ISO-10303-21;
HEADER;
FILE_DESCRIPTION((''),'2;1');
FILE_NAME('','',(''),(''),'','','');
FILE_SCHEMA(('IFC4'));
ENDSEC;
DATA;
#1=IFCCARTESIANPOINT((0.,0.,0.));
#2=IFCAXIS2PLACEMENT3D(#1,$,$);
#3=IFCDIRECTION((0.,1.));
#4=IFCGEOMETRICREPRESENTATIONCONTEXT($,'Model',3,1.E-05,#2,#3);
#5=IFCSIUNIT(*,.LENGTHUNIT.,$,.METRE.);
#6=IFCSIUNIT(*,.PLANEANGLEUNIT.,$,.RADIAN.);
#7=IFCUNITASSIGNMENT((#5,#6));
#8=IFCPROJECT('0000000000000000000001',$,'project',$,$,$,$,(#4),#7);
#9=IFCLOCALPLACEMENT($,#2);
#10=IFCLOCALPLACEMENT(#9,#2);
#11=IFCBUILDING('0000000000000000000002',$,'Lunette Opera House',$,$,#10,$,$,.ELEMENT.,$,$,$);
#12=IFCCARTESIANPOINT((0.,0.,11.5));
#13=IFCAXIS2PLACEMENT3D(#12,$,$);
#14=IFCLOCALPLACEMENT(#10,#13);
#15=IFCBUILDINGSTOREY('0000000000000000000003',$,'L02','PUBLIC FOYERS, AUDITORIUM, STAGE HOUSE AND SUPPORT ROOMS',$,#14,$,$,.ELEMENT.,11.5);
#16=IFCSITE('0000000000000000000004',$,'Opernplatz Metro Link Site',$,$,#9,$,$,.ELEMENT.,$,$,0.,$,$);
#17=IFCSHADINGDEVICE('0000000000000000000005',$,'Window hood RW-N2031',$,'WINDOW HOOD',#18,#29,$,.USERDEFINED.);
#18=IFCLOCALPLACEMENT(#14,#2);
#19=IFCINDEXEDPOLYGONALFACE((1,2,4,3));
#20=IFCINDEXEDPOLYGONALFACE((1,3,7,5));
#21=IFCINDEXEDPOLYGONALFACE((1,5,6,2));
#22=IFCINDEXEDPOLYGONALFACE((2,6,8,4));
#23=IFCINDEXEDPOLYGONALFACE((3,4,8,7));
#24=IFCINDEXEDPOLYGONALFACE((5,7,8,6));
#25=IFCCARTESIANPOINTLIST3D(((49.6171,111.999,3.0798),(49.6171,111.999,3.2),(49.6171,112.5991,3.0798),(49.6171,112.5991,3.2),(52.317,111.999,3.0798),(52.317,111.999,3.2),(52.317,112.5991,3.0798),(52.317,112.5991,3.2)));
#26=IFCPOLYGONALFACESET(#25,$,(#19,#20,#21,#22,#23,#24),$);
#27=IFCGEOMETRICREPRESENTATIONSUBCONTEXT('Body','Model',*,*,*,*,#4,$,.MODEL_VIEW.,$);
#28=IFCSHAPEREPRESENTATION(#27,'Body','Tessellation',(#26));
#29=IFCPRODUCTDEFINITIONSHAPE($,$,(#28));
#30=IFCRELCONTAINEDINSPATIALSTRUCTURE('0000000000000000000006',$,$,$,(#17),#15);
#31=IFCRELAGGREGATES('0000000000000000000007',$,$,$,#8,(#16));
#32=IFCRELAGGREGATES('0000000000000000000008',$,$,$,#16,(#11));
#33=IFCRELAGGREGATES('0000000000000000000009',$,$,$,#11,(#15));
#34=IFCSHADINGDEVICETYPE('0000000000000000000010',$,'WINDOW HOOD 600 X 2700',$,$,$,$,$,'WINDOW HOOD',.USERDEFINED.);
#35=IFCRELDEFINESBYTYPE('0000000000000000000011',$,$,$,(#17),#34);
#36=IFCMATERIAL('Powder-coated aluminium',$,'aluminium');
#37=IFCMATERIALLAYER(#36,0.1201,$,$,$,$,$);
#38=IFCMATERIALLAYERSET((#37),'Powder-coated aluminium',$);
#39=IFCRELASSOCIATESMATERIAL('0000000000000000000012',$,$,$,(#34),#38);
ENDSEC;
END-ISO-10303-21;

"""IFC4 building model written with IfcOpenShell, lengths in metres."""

from ifc_helpers import new_model, si_unit, direction, frame, origin, origin_2d, place, context, subcontext, project, spatial, rectangle, extrude, material, layer, layer_set, type_object, element, save


model = new_model("IFC4")

# Units and contexts
model_context = context("Model", 3, precision=1e-05, world=origin(), true_north=direction((0.0, 1.0)))
body_context = subcontext(model_context, "Body", "Model", "MODEL_VIEW")
ifc_project = project(units=[si_unit("LENGTHUNIT", "METRE"), si_unit("PLANEANGLEUNIT", "RADIAN")], contexts=[model_context])

# Site, building, storey
site_placement = place(None, origin())
site = spatial("IfcSite", under=ifc_project, at=site_placement, Name="Opernplatz Metro Link Site", CompositionType="ELEMENT", RefElevation=0.0)
building_placement = place(site_placement, origin())
building = spatial("IfcBuilding", under=site, at=building_placement, Name="Lunette Opera House", CompositionType="ELEMENT")
storey_placement = place(building_placement, frame((0.0, 0.0, 11.5)))
storey = spatial("IfcBuildingStorey", under=building, at=storey_placement, Name="L02", Description="PUBLIC FOYERS, AUDITORIUM, STAGE HOUSE AND SUPPORT ROOMS", CompositionType="ELEMENT", Elevation=11.5)

# Shading device
ifc_material_1 = material(Name="Powder-coated aluminium", Category="aluminium")
ifc_layer_1 = layer(ifc_material_1, 0.1201)
ifc_layer_set_1 = layer_set([ifc_layer_1], Name="Powder-coated aluminium")
shading_device_type = type_object("IfcShadingDeviceType", Name="WINDOW HOOD 600 X 2700", ElementType="WINDOW HOOD", PredefinedType="USERDEFINED", material=ifc_layer_set_1)
shading_device_placement = place(storey_placement, frame((50.967, 112.2991, 3.0798), z_axis=(0.0, 0.0, 1.0), x_axis=(0.0, 1.0, 0.0)))
element("IfcShadingDevice", 1, at=shading_device_placement, inside=storey, type_object=shading_device_type, Name="Window hood RW-N2031", ObjectType="WINDOW HOOD", PredefinedType="USERDEFINED", context=body_context, shape_type="SweptSolid", body=[
    extrude(rectangle(XDim=0.6001, YDim=2.7, at=origin_2d()), origin(), (0.0, 0.0, 1.0), 0.1201),
])

save(model, "model.ifc")
